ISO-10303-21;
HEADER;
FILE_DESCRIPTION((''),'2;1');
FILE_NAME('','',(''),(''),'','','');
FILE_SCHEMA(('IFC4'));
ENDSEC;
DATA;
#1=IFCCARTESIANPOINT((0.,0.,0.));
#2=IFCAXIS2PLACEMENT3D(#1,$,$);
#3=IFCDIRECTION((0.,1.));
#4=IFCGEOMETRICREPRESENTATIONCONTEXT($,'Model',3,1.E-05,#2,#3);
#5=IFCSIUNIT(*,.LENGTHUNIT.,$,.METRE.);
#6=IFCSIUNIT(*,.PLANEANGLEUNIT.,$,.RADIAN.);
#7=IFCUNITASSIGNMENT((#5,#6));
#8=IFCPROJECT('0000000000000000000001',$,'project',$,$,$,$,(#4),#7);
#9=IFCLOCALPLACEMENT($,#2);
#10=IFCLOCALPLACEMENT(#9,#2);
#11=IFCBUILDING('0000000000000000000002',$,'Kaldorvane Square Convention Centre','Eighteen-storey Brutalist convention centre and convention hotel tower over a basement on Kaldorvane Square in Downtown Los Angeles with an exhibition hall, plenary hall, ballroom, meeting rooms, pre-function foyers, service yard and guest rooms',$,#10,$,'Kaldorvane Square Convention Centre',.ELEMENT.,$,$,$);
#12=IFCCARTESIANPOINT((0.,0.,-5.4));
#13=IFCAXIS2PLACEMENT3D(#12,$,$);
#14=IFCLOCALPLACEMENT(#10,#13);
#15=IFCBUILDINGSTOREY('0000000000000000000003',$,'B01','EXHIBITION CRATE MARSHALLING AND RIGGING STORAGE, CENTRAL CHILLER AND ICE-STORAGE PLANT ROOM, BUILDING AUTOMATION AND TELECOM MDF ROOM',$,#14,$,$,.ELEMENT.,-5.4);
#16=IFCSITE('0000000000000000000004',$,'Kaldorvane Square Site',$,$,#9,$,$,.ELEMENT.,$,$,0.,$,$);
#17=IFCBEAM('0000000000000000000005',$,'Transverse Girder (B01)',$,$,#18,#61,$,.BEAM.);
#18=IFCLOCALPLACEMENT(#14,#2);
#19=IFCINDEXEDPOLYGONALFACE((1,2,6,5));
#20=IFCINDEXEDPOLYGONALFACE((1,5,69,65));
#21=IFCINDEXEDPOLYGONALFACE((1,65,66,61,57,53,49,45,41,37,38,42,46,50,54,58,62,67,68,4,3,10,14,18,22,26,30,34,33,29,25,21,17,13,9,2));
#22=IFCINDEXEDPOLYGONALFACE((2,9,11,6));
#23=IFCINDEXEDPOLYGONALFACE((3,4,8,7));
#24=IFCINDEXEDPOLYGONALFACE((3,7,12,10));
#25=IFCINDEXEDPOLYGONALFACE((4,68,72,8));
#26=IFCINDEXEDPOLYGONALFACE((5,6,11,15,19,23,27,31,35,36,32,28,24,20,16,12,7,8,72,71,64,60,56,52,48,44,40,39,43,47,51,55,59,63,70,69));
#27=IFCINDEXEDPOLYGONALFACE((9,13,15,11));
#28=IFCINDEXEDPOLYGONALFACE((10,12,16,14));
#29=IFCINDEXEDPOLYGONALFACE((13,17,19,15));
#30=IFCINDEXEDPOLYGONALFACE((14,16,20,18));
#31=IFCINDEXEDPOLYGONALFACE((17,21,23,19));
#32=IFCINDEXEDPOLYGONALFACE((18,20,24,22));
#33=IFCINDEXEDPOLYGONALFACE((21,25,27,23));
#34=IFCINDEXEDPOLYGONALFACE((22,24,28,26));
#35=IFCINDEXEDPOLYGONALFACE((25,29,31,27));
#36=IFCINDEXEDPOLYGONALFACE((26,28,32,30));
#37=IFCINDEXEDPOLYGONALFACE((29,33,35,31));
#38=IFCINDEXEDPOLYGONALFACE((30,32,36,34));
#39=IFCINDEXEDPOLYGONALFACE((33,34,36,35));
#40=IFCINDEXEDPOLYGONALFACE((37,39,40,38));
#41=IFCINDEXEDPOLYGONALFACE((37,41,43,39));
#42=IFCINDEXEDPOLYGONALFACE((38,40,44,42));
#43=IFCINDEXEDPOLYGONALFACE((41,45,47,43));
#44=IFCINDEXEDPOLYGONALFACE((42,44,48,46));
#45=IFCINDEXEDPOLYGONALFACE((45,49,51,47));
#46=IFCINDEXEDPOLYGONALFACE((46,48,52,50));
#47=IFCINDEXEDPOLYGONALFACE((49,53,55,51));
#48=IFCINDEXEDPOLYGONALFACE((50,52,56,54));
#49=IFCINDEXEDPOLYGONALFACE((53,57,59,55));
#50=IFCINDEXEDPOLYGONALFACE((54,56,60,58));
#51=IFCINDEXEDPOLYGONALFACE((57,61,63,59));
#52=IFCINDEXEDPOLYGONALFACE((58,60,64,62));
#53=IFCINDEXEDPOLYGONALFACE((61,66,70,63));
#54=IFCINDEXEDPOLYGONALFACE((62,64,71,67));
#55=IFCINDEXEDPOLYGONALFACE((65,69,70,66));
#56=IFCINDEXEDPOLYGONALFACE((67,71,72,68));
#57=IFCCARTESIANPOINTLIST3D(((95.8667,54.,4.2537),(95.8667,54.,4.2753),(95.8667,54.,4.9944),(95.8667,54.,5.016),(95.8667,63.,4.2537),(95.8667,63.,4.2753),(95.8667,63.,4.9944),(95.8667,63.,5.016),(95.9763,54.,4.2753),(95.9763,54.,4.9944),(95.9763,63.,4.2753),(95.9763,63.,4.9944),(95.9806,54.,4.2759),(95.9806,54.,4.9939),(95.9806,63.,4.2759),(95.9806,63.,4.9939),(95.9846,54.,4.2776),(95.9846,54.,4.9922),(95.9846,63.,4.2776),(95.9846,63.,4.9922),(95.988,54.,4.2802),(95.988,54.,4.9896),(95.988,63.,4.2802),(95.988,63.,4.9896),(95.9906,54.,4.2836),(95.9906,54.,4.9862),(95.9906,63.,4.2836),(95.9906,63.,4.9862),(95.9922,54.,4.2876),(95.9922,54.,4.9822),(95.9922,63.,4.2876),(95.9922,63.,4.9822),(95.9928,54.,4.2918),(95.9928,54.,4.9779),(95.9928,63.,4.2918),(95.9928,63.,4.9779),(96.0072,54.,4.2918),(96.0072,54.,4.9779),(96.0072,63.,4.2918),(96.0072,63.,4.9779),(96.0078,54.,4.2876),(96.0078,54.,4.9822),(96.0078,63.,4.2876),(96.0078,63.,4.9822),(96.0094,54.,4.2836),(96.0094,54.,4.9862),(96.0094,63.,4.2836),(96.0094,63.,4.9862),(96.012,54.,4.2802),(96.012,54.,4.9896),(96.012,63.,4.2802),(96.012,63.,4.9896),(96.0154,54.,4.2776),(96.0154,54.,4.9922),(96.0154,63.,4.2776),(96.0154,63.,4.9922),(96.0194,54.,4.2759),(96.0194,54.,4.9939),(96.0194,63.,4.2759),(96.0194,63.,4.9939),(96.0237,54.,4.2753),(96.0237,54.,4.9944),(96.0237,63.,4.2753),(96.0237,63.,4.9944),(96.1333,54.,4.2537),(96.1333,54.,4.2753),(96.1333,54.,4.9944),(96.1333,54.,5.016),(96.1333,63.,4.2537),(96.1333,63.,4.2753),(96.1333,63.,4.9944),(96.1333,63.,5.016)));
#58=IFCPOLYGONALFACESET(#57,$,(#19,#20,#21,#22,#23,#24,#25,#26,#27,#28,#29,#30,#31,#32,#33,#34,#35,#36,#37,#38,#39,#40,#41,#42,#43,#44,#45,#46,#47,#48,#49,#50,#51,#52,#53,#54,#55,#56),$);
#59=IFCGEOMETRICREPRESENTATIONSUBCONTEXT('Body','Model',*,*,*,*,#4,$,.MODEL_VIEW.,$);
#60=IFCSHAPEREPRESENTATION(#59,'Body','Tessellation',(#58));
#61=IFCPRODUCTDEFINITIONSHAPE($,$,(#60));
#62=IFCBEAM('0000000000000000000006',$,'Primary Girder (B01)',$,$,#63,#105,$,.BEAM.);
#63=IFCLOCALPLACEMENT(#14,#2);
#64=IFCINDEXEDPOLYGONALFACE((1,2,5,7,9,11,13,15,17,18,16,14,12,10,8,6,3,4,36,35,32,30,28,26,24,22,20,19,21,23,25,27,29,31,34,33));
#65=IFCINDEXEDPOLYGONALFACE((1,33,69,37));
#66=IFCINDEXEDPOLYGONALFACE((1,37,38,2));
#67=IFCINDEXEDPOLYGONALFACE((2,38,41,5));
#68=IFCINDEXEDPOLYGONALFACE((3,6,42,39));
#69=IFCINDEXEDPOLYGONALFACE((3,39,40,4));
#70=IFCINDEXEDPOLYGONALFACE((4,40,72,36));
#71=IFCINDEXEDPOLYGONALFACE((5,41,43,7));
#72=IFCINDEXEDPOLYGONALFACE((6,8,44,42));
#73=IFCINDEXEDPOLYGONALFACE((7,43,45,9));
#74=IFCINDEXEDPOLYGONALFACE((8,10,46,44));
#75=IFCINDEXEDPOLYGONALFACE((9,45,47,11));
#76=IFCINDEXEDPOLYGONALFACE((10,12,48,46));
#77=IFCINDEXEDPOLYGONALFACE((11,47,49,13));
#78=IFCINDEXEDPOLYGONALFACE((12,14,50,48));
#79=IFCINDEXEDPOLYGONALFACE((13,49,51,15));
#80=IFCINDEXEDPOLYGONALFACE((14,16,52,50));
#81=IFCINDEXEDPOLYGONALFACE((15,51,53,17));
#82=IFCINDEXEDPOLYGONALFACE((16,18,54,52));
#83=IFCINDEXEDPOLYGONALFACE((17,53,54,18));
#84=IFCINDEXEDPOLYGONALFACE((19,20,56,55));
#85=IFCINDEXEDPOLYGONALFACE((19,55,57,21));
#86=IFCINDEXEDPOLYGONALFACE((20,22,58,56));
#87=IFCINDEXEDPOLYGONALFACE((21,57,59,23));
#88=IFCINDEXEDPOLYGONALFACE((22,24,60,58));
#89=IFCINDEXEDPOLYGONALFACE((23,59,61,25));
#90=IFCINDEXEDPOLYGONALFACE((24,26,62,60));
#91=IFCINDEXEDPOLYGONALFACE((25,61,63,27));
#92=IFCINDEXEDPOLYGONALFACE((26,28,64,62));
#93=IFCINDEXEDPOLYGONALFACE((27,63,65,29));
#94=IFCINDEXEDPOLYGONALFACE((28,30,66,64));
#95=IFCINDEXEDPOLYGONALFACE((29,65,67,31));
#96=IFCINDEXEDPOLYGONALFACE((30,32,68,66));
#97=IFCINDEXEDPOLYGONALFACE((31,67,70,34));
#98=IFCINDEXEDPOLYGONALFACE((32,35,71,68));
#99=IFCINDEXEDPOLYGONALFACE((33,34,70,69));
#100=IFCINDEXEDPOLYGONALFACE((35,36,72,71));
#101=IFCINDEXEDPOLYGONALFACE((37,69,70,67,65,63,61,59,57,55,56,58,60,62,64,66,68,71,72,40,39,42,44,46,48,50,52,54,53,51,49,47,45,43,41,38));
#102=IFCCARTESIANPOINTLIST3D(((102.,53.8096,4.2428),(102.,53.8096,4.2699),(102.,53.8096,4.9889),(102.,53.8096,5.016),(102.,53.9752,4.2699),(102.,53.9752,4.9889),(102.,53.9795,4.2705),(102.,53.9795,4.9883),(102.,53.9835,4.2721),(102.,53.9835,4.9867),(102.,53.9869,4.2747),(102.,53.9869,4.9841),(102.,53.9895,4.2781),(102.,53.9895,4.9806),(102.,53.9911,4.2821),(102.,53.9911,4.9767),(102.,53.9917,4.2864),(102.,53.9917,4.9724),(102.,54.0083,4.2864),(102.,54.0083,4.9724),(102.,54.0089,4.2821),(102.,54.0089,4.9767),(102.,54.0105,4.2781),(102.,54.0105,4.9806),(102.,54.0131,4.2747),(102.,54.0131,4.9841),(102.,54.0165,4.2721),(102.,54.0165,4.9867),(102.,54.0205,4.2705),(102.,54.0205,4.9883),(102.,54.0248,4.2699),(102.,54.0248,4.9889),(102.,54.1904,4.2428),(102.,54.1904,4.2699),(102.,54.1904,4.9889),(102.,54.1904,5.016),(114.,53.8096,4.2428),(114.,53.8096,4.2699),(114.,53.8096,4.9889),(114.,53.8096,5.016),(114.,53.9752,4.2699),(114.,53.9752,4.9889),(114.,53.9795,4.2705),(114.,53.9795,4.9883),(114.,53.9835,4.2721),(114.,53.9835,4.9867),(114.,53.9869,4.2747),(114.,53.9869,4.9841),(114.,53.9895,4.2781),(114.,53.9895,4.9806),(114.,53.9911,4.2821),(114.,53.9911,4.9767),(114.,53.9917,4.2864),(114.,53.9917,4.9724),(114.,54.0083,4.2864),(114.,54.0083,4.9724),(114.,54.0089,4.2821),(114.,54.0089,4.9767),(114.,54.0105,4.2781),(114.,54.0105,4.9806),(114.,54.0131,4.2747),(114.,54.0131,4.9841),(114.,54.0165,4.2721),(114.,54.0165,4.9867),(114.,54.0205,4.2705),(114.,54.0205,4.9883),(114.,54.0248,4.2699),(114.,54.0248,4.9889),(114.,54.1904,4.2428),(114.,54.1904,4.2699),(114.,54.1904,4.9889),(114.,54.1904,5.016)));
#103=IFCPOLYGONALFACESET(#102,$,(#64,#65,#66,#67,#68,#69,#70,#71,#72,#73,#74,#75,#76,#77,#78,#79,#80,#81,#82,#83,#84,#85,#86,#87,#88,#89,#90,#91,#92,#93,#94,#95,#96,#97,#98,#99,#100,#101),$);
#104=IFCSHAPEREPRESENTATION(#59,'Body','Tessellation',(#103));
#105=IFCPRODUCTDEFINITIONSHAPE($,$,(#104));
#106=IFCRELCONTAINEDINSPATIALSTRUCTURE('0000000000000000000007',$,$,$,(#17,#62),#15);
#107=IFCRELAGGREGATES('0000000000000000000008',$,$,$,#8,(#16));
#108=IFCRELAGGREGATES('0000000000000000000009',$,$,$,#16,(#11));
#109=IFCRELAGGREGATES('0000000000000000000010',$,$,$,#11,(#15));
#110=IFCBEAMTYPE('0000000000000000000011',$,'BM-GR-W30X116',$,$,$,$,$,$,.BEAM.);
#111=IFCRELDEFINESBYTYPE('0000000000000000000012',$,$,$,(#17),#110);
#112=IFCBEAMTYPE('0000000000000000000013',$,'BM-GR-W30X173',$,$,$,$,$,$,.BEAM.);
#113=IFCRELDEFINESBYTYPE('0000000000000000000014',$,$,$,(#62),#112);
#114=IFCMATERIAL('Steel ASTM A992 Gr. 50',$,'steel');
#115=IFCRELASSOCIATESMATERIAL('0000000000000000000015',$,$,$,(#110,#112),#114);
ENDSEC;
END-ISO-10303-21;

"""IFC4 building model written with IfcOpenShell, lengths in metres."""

from ifc_helpers import new_model, si_unit, direction, frame, origin, origin_2d, place, context, subcontext, project, spatial, i_section, extrude, material, material_profile, profile_set, type_object, element, save


model = new_model("IFC4")

# Units and contexts
model_context = context("Model", 3, precision=1e-05, world=origin(), true_north=direction((0.0, 1.0)))
body_context = subcontext(model_context, "Body", "Model", "MODEL_VIEW")
ifc_project = project(units=[si_unit("LENGTHUNIT", "METRE"), si_unit("PLANEANGLEUNIT", "RADIAN")], contexts=[model_context])

# Site, building, storey
site_placement = place(None, origin())
site = spatial("IfcSite", under=ifc_project, at=site_placement, Name="Kaldorvane Square Site", CompositionType="ELEMENT", RefElevation=0.0)
building_placement = place(site_placement, origin())
building = spatial("IfcBuilding", under=site, at=building_placement, Name="Kaldorvane Square Convention Centre", Description="Eighteen-storey Brutalist convention centre and convention hotel tower over a basement on Kaldorvane Square in Downtown Los Angeles with an exhibition hall, plenary hall, ballroom, meeting rooms, pre-function foyers, service yard and guest rooms", LongName="Kaldorvane Square Convention Centre", CompositionType="ELEMENT")
storey_placement = place(building_placement, frame((0.0, 0.0, -5.4)))
storey = spatial("IfcBuildingStorey", under=building, at=storey_placement, Name="B01", Description="EXHIBITION CRATE MARSHALLING AND RIGGING STORAGE, CENTRAL CHILLER AND ICE-STORAGE PLANT ROOM, BUILDING AUTOMATION AND TELECOM MDF ROOM", CompositionType="ELEMENT", Elevation=-5.4)

# Shared definitions
ifc_material_1 = material(Name="Steel ASTM A992 Gr. 50", Category="steel")

# Beams
ifc_material_profile_1 = material_profile(ifc_material_1, i_section(OverallWidth=0.2666, OverallDepth=0.7623, WebThickness=0.0144, FlangeThickness=0.0216, FilletRadius=0.0165, at=origin_2d()), Name="W30X116")
ifc_profile_set_1 = profile_set([ifc_material_profile_1], Name="Steel ASTM A992 Gr. 50")
beam_type_1 = type_object("IfcBeamType", Name="BM-GR-W30X116", PredefinedType="BEAM", material=ifc_profile_set_1)
for number, where, z_axis, x_axis, name in (
    (1, (96.0, 54.0, 4.6349), (0.0, 1.0, 0.0), (-1.0, 0.0, 0.0), "Transverse Girder (B01)"),
):
    element("IfcBeam", number, at=place(storey_placement, frame(where, z_axis=z_axis, x_axis=x_axis)), inside=storey, type_object=beam_type_1, Name=name, PredefinedType="BEAM", context=body_context, shape_type="SweptSolid", body=[
        extrude(i_section(OverallWidth=0.2666, OverallDepth=0.7623, WebThickness=0.0144, FlangeThickness=0.0216, FilletRadius=0.0165, at=origin_2d()), origin(), (0.0, 0.0, 1.0), 9.0),
    ])
ifc_material_profile_2 = material_profile(ifc_material_1, i_section(OverallWidth=0.3807, OverallDepth=0.7732, WebThickness=0.0166, FlangeThickness=0.0271, FilletRadius=0.0165, at=origin_2d()), Name="W30X173")
ifc_profile_set_2 = profile_set([ifc_material_profile_2], Name="Steel ASTM A992 Gr. 50")
beam_type_2 = type_object("IfcBeamType", Name="BM-GR-W30X173", PredefinedType="BEAM", material=ifc_profile_set_2)
beam_placement = place(storey_placement, frame((102.0, 54.0, 4.6294), z_axis=(1.0, 0.0, 0.0), x_axis=(0.0, 1.0, 0.0)))
element("IfcBeam", 2, at=beam_placement, inside=storey, type_object=beam_type_2, Name="Primary Girder (B01)", PredefinedType="BEAM", context=body_context, shape_type="SweptSolid", body=[
    extrude(i_section(OverallWidth=0.3807, OverallDepth=0.7732, WebThickness=0.0166, FlangeThickness=0.0271, FilletRadius=0.0165, at=origin_2d()), origin(), (0.0, 0.0, 1.0), 12.0),
])

save(model, "model.ifc")
